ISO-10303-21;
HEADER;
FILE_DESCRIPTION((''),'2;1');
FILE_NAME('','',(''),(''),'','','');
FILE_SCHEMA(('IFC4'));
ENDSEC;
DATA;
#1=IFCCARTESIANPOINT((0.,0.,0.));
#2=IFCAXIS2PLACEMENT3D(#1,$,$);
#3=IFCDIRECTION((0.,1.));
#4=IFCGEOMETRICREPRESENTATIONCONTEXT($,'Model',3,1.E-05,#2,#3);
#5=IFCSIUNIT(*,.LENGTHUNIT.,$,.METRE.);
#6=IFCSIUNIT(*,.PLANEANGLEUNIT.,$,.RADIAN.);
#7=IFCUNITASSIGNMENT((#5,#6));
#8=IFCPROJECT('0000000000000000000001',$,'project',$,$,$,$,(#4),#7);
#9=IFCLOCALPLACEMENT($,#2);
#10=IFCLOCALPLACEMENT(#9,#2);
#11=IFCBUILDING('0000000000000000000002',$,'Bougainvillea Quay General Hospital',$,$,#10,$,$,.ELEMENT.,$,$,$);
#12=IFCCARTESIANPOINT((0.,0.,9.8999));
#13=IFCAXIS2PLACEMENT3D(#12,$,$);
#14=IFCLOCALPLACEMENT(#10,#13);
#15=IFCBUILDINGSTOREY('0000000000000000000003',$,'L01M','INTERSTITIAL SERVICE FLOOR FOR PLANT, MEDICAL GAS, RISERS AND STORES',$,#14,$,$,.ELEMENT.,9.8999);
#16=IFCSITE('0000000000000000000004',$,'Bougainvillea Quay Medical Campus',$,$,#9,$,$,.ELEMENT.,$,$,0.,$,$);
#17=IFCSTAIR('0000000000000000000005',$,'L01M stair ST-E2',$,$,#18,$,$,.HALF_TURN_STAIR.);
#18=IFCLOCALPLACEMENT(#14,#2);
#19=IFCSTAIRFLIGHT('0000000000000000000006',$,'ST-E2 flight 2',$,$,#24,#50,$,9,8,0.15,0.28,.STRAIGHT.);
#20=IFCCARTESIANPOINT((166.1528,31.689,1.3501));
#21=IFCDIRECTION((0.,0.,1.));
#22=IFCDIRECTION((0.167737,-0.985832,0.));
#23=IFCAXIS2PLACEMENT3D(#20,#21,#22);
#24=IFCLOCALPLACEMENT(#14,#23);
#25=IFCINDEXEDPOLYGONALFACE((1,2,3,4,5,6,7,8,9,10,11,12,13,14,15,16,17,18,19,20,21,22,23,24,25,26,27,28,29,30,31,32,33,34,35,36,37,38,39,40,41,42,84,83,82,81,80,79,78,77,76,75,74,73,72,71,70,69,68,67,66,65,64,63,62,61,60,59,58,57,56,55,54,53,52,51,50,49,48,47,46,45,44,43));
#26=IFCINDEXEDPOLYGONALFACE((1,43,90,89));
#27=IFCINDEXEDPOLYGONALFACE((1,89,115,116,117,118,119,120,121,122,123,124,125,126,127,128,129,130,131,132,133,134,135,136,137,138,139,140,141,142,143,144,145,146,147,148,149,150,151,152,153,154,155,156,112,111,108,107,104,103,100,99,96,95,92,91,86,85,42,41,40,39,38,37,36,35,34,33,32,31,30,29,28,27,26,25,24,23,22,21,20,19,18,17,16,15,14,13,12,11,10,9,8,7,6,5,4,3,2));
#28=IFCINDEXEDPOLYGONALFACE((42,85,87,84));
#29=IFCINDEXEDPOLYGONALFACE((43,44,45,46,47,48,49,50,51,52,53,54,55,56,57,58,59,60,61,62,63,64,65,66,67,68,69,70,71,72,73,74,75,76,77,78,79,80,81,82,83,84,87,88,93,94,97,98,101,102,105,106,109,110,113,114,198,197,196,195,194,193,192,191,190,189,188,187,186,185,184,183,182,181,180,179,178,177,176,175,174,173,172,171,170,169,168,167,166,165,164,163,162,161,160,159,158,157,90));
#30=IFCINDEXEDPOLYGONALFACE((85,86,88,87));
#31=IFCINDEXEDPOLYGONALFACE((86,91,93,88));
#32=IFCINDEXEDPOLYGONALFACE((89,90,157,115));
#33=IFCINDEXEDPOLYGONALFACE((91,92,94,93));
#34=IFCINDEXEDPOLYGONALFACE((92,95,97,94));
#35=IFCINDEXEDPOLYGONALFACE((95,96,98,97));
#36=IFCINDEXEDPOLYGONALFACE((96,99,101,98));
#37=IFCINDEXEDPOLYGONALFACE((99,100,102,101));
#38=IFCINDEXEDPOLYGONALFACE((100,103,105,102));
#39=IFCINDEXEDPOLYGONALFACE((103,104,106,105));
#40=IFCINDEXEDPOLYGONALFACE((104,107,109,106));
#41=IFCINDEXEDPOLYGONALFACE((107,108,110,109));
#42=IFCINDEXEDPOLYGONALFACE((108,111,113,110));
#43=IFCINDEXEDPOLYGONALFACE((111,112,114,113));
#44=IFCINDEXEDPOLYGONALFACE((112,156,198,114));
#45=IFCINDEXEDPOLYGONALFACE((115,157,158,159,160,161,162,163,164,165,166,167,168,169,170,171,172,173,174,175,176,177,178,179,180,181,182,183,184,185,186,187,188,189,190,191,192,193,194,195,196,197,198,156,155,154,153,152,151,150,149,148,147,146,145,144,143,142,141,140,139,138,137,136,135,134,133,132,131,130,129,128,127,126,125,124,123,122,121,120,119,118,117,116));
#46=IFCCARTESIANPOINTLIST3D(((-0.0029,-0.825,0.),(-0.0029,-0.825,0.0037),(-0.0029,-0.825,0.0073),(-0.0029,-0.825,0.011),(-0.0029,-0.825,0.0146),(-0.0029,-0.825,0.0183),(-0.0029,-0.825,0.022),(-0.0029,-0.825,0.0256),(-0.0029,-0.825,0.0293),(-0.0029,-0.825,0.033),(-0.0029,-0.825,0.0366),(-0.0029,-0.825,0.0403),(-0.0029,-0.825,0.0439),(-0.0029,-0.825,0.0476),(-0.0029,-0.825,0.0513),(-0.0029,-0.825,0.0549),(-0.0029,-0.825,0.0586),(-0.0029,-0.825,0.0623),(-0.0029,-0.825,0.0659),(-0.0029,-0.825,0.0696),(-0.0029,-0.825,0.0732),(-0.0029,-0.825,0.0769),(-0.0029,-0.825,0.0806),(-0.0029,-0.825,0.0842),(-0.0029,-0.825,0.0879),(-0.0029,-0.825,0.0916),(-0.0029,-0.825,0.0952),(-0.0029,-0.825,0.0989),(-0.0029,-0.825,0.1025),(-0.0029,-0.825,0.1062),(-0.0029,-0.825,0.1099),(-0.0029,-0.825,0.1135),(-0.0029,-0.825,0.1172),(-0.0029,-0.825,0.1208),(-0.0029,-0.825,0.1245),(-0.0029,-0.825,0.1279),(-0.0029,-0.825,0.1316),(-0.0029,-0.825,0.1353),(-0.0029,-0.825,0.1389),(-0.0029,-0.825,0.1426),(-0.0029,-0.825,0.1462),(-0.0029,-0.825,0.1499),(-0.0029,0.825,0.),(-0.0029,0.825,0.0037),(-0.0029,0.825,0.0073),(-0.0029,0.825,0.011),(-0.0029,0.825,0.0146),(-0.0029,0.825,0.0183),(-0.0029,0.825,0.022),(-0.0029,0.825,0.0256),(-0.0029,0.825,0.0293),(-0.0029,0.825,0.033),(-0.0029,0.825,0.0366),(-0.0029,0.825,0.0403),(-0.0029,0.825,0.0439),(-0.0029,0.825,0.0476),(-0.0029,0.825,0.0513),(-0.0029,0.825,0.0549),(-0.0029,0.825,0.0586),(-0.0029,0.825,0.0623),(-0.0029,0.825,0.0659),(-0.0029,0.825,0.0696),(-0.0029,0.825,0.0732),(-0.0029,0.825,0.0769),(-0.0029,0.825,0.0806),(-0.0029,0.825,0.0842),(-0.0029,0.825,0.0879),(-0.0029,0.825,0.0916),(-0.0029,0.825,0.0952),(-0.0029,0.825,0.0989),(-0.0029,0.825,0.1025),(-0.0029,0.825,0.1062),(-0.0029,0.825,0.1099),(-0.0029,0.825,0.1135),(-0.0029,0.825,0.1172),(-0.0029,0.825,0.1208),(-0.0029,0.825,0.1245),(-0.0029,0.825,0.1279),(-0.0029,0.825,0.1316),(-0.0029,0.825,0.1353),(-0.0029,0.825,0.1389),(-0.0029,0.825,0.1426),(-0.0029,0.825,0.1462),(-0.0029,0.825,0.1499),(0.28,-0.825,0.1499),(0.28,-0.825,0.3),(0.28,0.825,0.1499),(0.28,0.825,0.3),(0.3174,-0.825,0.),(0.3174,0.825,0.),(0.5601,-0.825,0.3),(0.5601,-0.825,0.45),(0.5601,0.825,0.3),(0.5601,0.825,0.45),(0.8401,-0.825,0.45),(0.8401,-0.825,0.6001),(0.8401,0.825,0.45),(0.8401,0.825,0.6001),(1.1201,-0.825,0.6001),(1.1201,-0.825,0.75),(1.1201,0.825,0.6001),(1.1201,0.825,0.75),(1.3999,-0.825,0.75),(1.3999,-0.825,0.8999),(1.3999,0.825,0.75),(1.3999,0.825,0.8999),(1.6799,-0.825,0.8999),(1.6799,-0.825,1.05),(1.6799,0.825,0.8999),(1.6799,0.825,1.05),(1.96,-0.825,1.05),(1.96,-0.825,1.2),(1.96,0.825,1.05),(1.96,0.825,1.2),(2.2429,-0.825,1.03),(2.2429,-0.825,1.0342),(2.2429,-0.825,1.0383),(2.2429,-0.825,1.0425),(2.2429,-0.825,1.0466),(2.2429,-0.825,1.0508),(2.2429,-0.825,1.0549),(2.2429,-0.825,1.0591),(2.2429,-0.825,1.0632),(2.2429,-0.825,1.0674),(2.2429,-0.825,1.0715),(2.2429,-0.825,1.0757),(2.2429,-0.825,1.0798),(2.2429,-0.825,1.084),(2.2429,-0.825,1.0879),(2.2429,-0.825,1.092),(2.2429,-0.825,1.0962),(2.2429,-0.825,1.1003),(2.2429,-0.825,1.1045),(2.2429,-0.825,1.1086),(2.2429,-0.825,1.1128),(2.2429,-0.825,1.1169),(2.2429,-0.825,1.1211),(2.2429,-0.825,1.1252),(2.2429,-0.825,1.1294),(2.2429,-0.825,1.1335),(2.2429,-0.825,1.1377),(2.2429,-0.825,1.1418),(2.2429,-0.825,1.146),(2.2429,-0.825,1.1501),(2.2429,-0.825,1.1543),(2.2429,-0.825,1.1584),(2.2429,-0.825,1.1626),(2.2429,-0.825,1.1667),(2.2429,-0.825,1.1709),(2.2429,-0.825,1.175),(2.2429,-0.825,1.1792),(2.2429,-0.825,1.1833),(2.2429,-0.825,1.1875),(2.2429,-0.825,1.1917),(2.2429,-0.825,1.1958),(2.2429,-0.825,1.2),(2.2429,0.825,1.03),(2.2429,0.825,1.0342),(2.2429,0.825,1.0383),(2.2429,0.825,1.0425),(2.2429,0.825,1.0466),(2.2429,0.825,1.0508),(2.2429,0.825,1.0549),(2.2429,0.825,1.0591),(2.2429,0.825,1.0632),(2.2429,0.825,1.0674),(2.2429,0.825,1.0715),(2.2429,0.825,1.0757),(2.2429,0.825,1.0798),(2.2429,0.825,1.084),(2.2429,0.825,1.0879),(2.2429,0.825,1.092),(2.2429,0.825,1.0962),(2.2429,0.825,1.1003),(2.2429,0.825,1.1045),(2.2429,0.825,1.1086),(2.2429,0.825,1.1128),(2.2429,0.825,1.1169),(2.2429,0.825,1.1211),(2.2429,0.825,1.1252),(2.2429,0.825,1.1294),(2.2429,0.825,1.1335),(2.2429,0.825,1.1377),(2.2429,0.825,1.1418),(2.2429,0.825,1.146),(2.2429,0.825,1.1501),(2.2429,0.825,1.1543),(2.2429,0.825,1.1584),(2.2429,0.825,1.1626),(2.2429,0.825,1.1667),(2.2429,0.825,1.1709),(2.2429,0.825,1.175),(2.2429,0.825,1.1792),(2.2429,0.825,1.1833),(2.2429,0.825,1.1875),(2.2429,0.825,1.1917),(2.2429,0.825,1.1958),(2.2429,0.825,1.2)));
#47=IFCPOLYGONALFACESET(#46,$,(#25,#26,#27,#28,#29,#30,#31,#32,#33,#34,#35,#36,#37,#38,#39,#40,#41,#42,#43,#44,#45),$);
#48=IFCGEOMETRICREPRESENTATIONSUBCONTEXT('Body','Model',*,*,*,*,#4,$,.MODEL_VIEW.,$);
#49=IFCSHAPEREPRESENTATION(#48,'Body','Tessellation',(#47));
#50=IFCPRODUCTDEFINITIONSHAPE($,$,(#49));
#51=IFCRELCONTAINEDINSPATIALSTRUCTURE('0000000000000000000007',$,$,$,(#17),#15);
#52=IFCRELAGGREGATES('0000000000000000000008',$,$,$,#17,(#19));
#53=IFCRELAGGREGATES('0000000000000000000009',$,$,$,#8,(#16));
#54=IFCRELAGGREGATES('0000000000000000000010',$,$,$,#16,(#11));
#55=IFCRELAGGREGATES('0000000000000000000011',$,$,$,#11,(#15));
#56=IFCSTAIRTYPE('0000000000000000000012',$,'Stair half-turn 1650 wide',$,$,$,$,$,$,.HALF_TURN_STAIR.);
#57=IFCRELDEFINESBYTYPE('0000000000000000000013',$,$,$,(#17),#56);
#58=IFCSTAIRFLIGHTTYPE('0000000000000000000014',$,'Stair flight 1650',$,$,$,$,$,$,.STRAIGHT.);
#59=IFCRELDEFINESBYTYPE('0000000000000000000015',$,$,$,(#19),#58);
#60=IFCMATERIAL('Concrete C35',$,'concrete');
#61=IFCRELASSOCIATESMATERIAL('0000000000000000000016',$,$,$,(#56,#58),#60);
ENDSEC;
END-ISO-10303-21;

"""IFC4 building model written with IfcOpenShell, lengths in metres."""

from ifc_helpers import new_model, si_unit, direction, frame, origin, place, context, subcontext, project, spatial, polyline, outline, extrude, material, type_object, element, aggregate, save


model = new_model("IFC4")

# Units and contexts
model_context = context("Model", 3, precision=1e-05, world=origin(), true_north=direction((0.0, 1.0)))
body_context = subcontext(model_context, "Body", "Model", "MODEL_VIEW")
ifc_project = project(units=[si_unit("LENGTHUNIT", "METRE"), si_unit("PLANEANGLEUNIT", "RADIAN")], contexts=[model_context])

# Site, building, storey
site_placement = place(None, origin())
site = spatial("IfcSite", under=ifc_project, at=site_placement, Name="Bougainvillea Quay Medical Campus", CompositionType="ELEMENT", RefElevation=0.0)
building_placement = place(site_placement, origin())
building = spatial("IfcBuilding", under=site, at=building_placement, Name="Bougainvillea Quay General Hospital", CompositionType="ELEMENT")
storey_placement = place(building_placement, frame((0.0, 0.0, 9.8999)))
storey = spatial("IfcBuildingStorey", under=building, at=storey_placement, Name="L01M", Description="INTERSTITIAL SERVICE FLOOR FOR PLANT, MEDICAL GAS, RISERS AND STORES", CompositionType="ELEMENT", Elevation=9.8999)

# Stair, stair flight
ifc_material_1 = material(Name="Concrete C35", Category="concrete")
stair_type = type_object("IfcStairType", Name="Stair half-turn 1650 wide", PredefinedType="HALF_TURN_STAIR", material=ifc_material_1)
stair_placement = place(storey_placement, origin())
stair = element("IfcStair", 1, at=stair_placement, inside=storey, type_object=stair_type, Name="L01M stair ST-E2", PredefinedType="HALF_TURN_STAIR")
stair_flight_type = type_object("IfcStairFlightType", Name="Stair flight 1650", PredefinedType="STRAIGHT", material=ifc_material_1)
stair_flight_1_placement = place(storey_placement, frame((166.1528, 31.689, 1.3501), z_axis=(0.0, 0.0, 1.0), x_axis=(0.167737, -0.985832, 0.0)))
stair_flight_1 = element("IfcStairFlight", 2, at=stair_flight_1_placement, type_object=stair_flight_type, Name="ST-E2 flight 2", NumberOfRisers=9, NumberOfTreads=8, PredefinedType="STRAIGHT", RiserHeight=0.15, TreadLength=0.28, context=body_context, shape_type="SweptSolid", body=[
    extrude(outline(polyline([(-0.0029, 0.0), (-0.0029, 0.0037), (-0.0029, 0.0073), (-0.0029, 0.011), (-0.0029, 0.0146), (-0.0029, 0.0183), (-0.0029, 0.022), (-0.0029, 0.0256), (-0.0029, 0.0293), (-0.0029, 0.033), (-0.0029, 0.0366), (-0.0029, 0.0403), (-0.0029, 0.0439), (-0.0029, 0.0476), (-0.0029, 0.0513), (-0.0029, 0.0549), (-0.0029, 0.0586), (-0.0029, 0.0623), (-0.0029, 0.0659), (-0.0029, 0.0696), (-0.0029, 0.0732), (-0.0029, 0.0769), (-0.0029, 0.0806), (-0.0029, 0.0842), (-0.0029, 0.0879), (-0.0029, 0.0916), (-0.0029, 0.0952), (-0.0029, 0.0989), (-0.0029, 0.1025), (-0.0029, 0.1062), (-0.0029, 0.1099), (-0.0029, 0.1135), (-0.0029, 0.1172), (-0.0029, 0.1208), (-0.0029, 0.1245), (-0.0029, 0.1279), (-0.0029, 0.1316), (-0.0029, 0.1353), (-0.0029, 0.1389), (-0.0029, 0.1426), (-0.0029, 0.1462), (-0.0029, 0.1499), (0.28, 0.1499), (0.28, 0.3), (0.5601, 0.3), (0.5601, 0.45), (0.8401, 0.45), (0.8401, 0.6001), (1.1201, 0.6001), (1.1201, 0.75), (1.3999, 0.75), (1.3999, 0.8999), (1.6799, 0.8999), (1.6799, 1.05), (1.96, 1.05), (1.96, 1.2), (2.2429, 1.2), (2.2429, 1.1958), (2.2429, 1.1917), (2.2429, 1.1875), (2.2429, 1.1833), (2.2429, 1.1792), (2.2429, 1.175), (2.2429, 1.1709), (2.2429, 1.1667), (2.2429, 1.1626), (2.2429, 1.1584), (2.2429, 1.1543), (2.2429, 1.1501), (2.2429, 1.146), (2.2429, 1.1418), (2.2429, 1.1377), (2.2429, 1.1335), (2.2429, 1.1294), (2.2429, 1.1252), (2.2429, 1.1211), (2.2429, 1.1169), (2.2429, 1.1128), (2.2429, 1.1086), (2.2429, 1.1045), (2.2429, 1.1003), (2.2429, 1.0962), (2.2429, 1.092), (2.2429, 1.0879), (2.2429, 1.084), (2.2429, 1.0798), (2.2429, 1.0757), (2.2429, 1.0715), (2.2429, 1.0674), (2.2429, 1.0632), (2.2429, 1.0591), (2.2429, 1.0549), (2.2429, 1.0508), (2.2429, 1.0466), (2.2429, 1.0425), (2.2429, 1.0383), (2.2429, 1.0342), (2.2429, 1.03), (0.3174, 0.0), (-0.0029, 0.0)])), frame((0.0, 0.825, 0.0), z_axis=(0.0, -1.0, 0.0), x_axis=(1.0, 0.0, 0.0)), (0.0, 0.0, 1.0), 1.6499),
])
aggregate(stair, [stair_flight_1])

save(model, "model.ifc")
